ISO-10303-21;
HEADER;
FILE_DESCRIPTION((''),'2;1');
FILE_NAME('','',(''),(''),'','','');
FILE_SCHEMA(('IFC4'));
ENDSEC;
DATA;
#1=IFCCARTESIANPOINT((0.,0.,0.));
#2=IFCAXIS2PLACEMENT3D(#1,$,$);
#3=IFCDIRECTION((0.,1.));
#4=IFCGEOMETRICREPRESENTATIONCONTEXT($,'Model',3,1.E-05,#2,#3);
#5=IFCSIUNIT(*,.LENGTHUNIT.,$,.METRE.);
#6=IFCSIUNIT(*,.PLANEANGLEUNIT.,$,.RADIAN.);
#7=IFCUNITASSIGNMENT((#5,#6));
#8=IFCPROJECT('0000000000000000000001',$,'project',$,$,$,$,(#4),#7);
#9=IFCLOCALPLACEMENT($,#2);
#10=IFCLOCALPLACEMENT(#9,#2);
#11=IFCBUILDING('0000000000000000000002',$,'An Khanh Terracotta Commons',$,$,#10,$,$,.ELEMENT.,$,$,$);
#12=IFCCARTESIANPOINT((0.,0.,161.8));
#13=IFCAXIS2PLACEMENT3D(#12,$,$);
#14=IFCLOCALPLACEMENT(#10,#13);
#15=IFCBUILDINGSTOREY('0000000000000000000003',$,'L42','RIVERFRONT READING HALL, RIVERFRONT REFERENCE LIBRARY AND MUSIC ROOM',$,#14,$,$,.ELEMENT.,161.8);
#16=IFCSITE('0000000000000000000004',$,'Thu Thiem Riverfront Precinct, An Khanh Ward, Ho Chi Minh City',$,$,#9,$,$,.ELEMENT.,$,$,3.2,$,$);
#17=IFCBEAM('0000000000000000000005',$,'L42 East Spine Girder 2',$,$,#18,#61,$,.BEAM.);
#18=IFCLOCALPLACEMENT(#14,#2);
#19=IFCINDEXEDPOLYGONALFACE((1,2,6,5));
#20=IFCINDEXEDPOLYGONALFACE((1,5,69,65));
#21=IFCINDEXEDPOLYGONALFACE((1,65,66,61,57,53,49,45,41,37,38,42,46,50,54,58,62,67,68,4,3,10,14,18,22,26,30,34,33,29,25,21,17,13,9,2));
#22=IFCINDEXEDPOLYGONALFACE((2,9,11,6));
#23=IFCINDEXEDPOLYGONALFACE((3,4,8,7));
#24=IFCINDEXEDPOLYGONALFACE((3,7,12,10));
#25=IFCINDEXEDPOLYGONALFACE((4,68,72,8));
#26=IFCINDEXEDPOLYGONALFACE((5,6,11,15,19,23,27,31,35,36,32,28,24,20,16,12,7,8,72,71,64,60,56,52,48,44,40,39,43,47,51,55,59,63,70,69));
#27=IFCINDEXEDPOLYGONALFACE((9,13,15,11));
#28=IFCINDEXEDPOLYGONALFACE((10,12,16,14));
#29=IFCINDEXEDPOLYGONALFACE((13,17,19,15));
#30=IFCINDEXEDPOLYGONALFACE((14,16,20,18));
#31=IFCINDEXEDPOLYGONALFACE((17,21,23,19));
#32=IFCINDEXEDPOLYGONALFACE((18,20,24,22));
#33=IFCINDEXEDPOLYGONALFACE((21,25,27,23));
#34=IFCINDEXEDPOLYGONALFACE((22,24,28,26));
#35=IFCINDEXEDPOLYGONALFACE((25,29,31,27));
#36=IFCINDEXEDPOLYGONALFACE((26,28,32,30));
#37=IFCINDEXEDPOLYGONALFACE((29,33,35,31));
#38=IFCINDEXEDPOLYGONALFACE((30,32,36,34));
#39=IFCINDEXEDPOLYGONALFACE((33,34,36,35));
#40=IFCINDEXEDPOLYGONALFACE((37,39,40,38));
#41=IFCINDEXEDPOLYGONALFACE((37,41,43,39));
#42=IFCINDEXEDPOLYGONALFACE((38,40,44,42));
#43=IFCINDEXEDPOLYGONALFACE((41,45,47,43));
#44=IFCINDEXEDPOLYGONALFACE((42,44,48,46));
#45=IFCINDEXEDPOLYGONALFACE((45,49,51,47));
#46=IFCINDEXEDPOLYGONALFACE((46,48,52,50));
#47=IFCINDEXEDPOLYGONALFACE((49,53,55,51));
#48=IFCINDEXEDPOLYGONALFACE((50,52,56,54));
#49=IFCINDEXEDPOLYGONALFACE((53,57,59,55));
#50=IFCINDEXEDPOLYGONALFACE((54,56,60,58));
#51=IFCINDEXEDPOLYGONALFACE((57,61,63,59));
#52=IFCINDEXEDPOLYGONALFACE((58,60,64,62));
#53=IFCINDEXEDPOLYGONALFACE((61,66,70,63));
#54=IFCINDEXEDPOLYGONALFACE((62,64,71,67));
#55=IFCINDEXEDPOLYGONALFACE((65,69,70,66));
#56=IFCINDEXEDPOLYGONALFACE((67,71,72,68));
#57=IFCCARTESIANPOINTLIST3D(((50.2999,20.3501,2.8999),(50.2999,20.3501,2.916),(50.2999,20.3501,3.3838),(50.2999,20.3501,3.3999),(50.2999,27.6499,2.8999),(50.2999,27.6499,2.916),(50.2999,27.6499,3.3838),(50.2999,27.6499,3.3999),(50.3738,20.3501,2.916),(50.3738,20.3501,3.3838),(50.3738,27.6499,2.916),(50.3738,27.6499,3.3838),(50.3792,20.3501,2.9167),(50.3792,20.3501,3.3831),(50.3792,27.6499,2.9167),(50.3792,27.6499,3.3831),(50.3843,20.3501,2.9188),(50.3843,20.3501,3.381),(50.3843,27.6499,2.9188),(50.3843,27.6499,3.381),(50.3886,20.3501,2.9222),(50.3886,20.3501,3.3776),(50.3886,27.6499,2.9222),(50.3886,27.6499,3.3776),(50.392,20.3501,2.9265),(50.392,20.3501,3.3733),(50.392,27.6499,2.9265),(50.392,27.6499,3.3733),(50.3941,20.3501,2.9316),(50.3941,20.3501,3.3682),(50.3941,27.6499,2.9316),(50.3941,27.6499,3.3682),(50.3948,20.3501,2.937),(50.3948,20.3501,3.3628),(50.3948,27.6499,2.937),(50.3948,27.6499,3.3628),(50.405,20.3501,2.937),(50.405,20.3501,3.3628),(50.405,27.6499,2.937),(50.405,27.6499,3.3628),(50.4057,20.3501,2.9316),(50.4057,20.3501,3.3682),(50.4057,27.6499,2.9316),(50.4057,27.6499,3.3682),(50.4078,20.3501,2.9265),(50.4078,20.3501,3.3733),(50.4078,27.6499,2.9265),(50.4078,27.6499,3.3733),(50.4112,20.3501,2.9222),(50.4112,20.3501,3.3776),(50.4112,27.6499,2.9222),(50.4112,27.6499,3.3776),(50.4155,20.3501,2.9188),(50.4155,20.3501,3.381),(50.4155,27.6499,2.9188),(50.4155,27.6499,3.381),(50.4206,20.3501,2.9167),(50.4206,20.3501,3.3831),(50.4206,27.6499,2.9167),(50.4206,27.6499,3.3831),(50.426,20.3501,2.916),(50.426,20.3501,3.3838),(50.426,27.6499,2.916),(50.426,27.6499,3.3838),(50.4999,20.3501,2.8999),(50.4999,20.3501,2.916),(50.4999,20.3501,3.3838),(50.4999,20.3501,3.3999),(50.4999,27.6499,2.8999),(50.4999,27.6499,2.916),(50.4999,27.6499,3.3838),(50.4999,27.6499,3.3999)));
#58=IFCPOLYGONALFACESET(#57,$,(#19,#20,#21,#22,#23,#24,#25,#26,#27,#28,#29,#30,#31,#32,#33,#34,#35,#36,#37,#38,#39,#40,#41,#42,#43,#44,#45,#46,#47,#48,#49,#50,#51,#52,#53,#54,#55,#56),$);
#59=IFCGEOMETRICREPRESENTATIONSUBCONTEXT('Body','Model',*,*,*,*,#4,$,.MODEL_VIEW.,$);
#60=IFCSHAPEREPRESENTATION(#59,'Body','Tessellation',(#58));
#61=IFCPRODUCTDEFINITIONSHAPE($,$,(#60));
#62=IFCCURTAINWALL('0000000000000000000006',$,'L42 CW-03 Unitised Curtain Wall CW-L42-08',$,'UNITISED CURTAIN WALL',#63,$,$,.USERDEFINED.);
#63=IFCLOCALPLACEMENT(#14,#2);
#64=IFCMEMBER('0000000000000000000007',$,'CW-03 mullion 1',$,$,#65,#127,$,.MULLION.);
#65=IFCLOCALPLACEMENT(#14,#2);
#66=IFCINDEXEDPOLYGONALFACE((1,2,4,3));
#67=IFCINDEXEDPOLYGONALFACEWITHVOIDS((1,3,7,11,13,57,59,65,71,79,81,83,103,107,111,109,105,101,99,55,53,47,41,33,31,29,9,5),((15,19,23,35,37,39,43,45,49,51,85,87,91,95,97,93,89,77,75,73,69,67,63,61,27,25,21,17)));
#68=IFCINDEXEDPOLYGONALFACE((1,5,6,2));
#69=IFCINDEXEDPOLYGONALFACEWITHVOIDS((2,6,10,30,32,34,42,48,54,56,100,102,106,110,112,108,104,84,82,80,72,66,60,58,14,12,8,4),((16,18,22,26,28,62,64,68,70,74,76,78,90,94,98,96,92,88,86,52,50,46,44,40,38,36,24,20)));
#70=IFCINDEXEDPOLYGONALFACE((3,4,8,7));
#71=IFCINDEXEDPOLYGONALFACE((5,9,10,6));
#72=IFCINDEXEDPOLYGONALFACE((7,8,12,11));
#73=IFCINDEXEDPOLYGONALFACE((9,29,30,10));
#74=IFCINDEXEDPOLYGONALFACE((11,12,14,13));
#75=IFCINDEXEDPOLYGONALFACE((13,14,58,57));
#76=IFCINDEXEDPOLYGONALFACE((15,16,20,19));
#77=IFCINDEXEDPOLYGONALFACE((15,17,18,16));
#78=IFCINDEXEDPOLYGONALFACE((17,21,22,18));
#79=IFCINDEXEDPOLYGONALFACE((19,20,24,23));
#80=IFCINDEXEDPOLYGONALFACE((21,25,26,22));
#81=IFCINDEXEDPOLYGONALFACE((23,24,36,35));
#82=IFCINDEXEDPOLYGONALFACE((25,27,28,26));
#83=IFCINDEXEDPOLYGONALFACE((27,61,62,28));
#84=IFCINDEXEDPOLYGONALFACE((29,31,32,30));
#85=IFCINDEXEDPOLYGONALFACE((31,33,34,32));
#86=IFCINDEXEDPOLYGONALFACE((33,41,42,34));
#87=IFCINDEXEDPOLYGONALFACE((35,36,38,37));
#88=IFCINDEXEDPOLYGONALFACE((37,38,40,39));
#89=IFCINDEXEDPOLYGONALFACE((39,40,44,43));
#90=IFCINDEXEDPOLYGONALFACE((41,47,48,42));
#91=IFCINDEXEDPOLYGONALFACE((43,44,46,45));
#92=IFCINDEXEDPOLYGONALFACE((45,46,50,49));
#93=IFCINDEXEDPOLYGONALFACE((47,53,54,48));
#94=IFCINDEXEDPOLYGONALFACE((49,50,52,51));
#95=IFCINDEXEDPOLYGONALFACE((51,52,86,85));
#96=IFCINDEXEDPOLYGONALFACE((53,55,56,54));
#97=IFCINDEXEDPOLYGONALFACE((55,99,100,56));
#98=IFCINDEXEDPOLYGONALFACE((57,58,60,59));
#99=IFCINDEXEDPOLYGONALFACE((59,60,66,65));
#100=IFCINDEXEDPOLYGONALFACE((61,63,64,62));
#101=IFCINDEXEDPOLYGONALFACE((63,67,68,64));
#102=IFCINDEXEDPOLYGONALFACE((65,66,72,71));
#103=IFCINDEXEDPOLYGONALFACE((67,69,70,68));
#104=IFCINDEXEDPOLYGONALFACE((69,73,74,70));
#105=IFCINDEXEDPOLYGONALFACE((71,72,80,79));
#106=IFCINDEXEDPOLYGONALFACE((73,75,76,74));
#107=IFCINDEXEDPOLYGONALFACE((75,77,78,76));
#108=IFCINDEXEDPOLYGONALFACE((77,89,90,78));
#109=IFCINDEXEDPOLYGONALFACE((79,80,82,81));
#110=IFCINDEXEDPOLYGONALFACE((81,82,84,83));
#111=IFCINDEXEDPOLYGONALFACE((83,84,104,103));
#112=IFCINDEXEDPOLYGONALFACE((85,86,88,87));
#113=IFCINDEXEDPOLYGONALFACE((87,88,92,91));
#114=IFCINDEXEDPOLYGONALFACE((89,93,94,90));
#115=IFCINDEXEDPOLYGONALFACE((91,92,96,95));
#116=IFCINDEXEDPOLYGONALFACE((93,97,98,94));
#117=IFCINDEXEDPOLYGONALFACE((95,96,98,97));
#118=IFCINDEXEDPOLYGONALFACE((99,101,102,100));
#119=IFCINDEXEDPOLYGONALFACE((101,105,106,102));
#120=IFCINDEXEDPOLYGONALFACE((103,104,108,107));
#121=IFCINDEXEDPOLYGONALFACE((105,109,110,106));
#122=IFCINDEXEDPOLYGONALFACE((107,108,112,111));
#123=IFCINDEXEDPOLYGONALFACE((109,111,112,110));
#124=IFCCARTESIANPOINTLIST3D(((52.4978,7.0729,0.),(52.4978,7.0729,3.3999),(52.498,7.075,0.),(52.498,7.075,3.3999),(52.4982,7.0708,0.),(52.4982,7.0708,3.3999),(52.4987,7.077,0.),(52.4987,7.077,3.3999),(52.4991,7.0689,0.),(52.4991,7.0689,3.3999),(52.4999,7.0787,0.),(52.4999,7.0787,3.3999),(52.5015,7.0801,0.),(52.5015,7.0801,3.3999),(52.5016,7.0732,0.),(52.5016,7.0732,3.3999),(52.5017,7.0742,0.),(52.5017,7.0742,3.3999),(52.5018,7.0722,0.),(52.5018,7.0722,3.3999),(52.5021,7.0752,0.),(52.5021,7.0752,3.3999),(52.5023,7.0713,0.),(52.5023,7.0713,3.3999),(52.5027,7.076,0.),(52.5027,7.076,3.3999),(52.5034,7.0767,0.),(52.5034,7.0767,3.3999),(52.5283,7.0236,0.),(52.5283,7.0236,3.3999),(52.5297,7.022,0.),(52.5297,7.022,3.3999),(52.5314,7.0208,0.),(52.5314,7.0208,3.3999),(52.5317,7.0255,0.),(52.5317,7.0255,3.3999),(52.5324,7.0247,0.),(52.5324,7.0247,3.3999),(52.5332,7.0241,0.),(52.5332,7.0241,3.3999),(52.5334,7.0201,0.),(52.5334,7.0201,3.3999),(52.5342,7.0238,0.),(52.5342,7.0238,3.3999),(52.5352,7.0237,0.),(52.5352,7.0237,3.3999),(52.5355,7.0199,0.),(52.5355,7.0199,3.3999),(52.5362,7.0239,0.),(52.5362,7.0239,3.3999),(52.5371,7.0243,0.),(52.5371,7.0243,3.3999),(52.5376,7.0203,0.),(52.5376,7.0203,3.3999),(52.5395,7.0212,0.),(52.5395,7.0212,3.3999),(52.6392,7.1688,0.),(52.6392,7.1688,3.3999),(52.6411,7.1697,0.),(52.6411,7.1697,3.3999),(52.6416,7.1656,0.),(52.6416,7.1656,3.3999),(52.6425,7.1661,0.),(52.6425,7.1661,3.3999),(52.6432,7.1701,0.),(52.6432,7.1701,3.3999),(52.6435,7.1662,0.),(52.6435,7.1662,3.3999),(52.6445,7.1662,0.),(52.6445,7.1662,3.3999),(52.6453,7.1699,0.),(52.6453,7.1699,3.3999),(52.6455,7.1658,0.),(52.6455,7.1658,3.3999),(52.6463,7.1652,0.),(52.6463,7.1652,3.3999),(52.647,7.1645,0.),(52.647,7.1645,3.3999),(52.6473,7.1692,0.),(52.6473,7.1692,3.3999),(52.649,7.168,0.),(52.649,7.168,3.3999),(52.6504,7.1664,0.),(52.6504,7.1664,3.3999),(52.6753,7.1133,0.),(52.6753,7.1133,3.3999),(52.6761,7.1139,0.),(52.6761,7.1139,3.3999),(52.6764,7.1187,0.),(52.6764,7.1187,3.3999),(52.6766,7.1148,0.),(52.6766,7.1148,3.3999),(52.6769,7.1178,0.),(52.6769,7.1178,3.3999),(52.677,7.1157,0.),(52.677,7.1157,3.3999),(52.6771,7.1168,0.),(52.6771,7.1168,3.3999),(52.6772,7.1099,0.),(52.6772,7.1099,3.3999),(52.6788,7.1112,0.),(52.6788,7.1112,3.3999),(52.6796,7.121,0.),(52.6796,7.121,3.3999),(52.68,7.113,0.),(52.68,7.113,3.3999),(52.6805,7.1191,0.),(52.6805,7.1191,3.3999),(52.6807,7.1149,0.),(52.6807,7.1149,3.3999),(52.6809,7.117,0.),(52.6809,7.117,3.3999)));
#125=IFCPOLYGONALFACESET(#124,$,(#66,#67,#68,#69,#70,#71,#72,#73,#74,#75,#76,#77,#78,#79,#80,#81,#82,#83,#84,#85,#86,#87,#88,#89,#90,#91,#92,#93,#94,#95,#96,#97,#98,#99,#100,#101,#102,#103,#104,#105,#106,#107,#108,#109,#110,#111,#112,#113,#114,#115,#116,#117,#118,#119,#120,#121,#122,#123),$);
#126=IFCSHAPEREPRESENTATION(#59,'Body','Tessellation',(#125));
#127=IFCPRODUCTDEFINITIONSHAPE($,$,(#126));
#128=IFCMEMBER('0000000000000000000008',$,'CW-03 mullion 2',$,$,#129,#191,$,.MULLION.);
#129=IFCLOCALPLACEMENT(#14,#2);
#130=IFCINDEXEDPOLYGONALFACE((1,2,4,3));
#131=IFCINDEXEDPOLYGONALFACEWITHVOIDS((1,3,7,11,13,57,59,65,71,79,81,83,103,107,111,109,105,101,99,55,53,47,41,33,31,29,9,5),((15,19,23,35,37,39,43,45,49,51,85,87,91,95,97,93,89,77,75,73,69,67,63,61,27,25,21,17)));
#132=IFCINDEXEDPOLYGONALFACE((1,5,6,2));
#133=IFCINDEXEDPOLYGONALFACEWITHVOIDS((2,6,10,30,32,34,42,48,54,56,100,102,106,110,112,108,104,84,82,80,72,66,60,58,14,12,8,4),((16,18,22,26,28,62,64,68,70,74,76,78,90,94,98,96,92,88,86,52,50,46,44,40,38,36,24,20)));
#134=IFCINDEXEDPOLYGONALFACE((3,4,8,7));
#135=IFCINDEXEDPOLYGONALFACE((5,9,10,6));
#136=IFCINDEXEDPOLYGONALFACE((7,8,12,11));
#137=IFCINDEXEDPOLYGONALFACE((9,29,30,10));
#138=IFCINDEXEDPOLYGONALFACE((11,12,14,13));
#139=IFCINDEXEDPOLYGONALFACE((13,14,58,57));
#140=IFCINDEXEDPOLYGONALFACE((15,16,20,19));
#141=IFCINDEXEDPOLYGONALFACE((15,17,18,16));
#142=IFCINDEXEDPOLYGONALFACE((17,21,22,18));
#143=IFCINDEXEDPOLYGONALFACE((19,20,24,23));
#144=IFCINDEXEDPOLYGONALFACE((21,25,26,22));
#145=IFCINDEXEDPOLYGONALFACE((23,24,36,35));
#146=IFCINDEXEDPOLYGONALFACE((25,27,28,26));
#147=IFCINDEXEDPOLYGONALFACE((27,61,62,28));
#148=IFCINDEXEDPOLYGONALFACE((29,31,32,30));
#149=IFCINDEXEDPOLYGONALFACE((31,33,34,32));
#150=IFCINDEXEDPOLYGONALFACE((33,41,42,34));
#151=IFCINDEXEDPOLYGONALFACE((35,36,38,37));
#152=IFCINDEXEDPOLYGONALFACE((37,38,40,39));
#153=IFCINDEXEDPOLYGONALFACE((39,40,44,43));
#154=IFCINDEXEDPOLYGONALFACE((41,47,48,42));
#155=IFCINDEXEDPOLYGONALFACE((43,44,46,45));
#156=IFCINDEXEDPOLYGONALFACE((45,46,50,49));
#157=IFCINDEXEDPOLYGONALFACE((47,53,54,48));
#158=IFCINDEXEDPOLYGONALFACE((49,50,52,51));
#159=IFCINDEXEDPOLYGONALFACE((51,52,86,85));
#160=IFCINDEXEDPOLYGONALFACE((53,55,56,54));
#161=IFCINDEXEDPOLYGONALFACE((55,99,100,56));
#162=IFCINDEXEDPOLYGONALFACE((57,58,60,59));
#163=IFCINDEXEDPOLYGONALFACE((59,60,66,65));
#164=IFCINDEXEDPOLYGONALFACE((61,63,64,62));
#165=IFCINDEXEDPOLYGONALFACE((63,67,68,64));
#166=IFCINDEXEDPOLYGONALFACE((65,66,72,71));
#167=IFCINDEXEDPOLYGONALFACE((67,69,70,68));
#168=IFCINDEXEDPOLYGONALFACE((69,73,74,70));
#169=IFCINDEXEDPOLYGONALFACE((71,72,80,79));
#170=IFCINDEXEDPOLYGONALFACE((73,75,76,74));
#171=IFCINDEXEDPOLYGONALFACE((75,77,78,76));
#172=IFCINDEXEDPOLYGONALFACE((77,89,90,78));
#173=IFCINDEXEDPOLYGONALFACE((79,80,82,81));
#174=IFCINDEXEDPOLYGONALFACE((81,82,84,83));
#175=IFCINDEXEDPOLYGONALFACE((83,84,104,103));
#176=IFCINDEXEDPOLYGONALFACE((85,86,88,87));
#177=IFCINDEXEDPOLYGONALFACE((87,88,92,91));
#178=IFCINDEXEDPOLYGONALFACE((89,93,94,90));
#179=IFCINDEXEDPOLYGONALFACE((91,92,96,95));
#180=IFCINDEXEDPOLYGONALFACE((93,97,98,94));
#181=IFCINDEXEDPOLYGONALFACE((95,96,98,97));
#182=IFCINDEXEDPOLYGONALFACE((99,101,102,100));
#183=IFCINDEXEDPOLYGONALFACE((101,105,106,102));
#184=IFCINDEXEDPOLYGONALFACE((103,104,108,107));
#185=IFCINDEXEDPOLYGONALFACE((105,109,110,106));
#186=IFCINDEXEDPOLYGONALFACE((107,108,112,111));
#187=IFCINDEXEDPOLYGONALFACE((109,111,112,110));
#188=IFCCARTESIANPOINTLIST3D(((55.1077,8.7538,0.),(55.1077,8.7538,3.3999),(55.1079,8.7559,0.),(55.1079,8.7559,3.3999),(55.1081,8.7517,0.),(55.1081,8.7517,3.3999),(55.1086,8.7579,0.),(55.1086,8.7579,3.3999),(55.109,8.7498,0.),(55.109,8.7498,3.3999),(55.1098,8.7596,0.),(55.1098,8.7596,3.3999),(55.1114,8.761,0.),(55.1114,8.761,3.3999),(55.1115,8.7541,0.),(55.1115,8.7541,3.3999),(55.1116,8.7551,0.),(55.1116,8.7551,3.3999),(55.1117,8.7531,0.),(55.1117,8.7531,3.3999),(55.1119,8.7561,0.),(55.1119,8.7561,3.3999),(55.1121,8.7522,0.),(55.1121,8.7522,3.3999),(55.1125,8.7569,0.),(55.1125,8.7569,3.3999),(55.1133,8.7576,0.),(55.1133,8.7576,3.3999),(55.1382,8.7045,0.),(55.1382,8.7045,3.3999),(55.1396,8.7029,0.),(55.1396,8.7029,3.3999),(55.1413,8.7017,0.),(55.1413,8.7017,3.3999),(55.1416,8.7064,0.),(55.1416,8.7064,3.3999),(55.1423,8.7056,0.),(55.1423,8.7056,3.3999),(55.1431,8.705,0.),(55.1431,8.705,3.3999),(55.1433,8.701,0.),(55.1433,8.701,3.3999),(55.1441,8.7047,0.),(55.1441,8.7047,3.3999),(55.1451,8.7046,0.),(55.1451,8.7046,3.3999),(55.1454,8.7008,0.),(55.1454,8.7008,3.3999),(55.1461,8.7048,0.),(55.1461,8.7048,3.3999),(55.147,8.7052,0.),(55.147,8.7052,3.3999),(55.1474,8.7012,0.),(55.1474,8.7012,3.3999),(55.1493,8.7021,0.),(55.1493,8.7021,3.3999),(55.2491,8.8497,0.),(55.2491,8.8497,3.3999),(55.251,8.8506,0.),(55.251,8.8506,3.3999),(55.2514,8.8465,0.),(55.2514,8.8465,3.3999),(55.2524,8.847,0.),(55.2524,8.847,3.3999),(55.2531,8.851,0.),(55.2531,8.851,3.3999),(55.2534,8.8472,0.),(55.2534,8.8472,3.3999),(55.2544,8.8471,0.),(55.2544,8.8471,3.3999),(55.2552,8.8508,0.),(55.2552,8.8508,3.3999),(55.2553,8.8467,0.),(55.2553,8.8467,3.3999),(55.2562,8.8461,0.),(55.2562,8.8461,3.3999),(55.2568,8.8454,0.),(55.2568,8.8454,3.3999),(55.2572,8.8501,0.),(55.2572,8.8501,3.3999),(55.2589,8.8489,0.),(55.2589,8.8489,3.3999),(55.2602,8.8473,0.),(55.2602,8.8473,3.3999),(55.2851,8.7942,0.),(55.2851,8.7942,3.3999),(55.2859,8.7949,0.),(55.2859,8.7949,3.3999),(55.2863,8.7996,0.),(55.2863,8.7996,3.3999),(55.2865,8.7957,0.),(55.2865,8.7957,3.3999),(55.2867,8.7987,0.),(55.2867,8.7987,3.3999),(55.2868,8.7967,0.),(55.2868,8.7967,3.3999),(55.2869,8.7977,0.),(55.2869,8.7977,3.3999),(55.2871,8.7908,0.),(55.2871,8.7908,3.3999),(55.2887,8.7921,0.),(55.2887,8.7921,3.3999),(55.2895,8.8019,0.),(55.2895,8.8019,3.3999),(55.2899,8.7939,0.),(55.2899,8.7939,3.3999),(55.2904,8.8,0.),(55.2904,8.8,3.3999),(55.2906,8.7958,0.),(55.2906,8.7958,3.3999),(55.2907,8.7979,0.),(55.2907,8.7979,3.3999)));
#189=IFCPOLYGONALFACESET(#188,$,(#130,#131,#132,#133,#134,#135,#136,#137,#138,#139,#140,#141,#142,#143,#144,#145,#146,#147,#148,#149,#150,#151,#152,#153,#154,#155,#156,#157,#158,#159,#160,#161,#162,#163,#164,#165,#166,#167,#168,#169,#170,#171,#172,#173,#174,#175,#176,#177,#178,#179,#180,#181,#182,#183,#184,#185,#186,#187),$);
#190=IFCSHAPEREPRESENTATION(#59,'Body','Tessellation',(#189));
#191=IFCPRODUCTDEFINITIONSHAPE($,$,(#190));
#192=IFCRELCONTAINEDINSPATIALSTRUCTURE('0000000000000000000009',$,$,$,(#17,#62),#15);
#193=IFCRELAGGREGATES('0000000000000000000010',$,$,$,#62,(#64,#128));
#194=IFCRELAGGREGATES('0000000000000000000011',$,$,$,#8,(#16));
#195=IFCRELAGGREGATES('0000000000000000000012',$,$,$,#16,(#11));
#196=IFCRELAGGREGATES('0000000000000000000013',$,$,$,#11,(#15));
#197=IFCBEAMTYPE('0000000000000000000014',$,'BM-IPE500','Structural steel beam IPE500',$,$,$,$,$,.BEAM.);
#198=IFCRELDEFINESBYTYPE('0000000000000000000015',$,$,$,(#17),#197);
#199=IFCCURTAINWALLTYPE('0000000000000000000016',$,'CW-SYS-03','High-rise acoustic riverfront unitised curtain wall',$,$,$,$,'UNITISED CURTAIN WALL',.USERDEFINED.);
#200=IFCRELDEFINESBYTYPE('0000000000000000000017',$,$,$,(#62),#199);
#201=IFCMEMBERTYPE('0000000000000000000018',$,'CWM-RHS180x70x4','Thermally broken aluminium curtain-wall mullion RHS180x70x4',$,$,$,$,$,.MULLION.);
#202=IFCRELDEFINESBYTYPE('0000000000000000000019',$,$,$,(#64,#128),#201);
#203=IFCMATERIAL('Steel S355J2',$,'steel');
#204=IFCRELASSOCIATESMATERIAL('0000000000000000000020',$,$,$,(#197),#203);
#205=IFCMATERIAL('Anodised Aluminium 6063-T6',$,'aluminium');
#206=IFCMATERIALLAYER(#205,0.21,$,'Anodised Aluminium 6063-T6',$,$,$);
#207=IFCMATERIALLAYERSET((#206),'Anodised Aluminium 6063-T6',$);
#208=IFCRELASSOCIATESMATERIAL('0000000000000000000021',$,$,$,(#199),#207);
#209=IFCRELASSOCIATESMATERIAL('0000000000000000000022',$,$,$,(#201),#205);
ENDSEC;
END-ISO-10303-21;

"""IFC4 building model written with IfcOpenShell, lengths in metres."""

from ifc_helpers import new_model, si_unit, direction, frame, origin, origin_2d, place, context, subcontext, project, spatial, hollow_rectangle, i_section, extrude, material, layer, layer_set, material_profile, profile_set, type_object, element, aggregate, save


model = new_model("IFC4")

# Units and contexts
model_context = context("Model", 3, precision=1e-05, world=origin(), true_north=direction((0.0, 1.0)))
body_context = subcontext(model_context, "Body", "Model", "MODEL_VIEW")
ifc_project = project(units=[si_unit("LENGTHUNIT", "METRE"), si_unit("PLANEANGLEUNIT", "RADIAN")], contexts=[model_context])

# Site, building, storey
site_placement = place(None, origin())
site = spatial("IfcSite", under=ifc_project, at=site_placement, Name="Thu Thiem Riverfront Precinct, An Khanh Ward, Ho Chi Minh City", CompositionType="ELEMENT", RefElevation=3.2)
building_placement = place(site_placement, origin())
building = spatial("IfcBuilding", under=site, at=building_placement, Name="An Khanh Terracotta Commons", CompositionType="ELEMENT")
storey_placement = place(building_placement, frame((0.0, 0.0, 161.8)))
storey = spatial("IfcBuildingStorey", under=building, at=storey_placement, Name="L42", Description="RIVERFRONT READING HALL, RIVERFRONT REFERENCE LIBRARY AND MUSIC ROOM", CompositionType="ELEMENT", Elevation=161.8)

# Beam
ifc_material_1 = material(Name="Steel S355J2", Category="steel")
ifc_material_profile_1 = material_profile(ifc_material_1, i_section(OverallWidth=0.2, OverallDepth=0.5, WebThickness=0.0103, FlangeThickness=0.0161, FilletRadius=0.021, at=origin_2d()), Name="IPE500")
ifc_profile_set_1 = profile_set([ifc_material_profile_1], Name="Steel S355J2")
beam_type_1 = type_object("IfcBeamType", Name="BM-IPE500", Description="Structural steel beam IPE500", PredefinedType="BEAM", material=ifc_profile_set_1)
beam_placement = place(storey_placement, frame((50.3999, 20.3501, 3.1499), z_axis=(0.0, 1.0, 0.0), x_axis=(-1.0, 0.0, 0.0)))
element("IfcBeam", 1, at=beam_placement, inside=storey, type_object=beam_type_1, Name="L42 East Spine Girder 2", PredefinedType="BEAM", context=body_context, shape_type="SweptSolid", body=[
    extrude(i_section(OverallWidth=0.2, OverallDepth=0.5, WebThickness=0.0103, FlangeThickness=0.0161, FilletRadius=0.021, at=origin_2d()), origin(), (0.0, 0.0, 1.0), 7.2998),
])

# Curtain wall, members
ifc_material_2 = material(Name="Anodised Aluminium 6063-T6", Category="aluminium")
ifc_layer_1 = layer(ifc_material_2, 0.21, Name="Anodised Aluminium 6063-T6")
ifc_layer_set_1 = layer_set([ifc_layer_1], Name="Anodised Aluminium 6063-T6")
curtain_wall_type = type_object("IfcCurtainWallType", Name="CW-SYS-03", Description="High-rise acoustic riverfront unitised curtain wall", ElementType="UNITISED CURTAIN WALL", PredefinedType="USERDEFINED", material=ifc_layer_set_1)
curtain_wall_placement = place(storey_placement, origin())
curtain_wall = element("IfcCurtainWall", 2, at=curtain_wall_placement, inside=storey, type_object=curtain_wall_type, Name="L42 CW-03 Unitised Curtain Wall CW-L42-08", ObjectType="UNITISED CURTAIN WALL", PredefinedType="USERDEFINED")
ifc_material_profile_2 = material_profile(ifc_material_2, hollow_rectangle(XDim=0.0701, YDim=0.1799, WallThickness=0.0039, InnerFilletRadius=0.0039, OuterFilletRadius=0.0081, at=origin_2d()), Name="RHS180x70x4")
ifc_profile_set_2 = profile_set([ifc_material_profile_2], Name="Anodised Aluminium 6063-T6")
member_type_1 = type_object("IfcMemberType", Name="CWM-RHS180x70x4", Description="Thermally broken aluminium curtain-wall mullion RHS180x70x4", PredefinedType="MULLION", material=ifc_profile_set_2)
member_1_placement = place(storey_placement, frame((52.5894, 7.095, 0.0), z_axis=(0.0, 0.0, 1.0), x_axis=(-0.541498, 0.840702, 0.0)))
member_1 = element("IfcMember", 3, at=member_1_placement, type_object=member_type_1, Name="CW-03 mullion 1", PredefinedType="MULLION", context=body_context, shape_type="SweptSolid", body=[
    extrude(hollow_rectangle(XDim=0.0701, YDim=0.1799, WallThickness=0.0039, InnerFilletRadius=0.0039, OuterFilletRadius=0.0081, at=origin_2d()), origin(), (0.0, 0.0, 1.0), 3.3999),
])
member_2_placement = place(storey_placement, frame((55.1992, 8.7759, 0.0), z_axis=(0.0, 0.0, 1.0), x_axis=(-0.541498, 0.840702, 0.0)))
member_2 = element("IfcMember", 4, at=member_2_placement, type_object=member_type_1, Name="CW-03 mullion 2", PredefinedType="MULLION", context=body_context, shape_type="SweptSolid", body=[
    extrude(hollow_rectangle(XDim=0.0701, YDim=0.1799, WallThickness=0.0039, InnerFilletRadius=0.0039, OuterFilletRadius=0.0081, at=origin_2d()), origin(), (0.0, 0.0, 1.0), 3.3999),
])
aggregate(curtain_wall, [member_1, member_2])

save(model, "model.ifc")
